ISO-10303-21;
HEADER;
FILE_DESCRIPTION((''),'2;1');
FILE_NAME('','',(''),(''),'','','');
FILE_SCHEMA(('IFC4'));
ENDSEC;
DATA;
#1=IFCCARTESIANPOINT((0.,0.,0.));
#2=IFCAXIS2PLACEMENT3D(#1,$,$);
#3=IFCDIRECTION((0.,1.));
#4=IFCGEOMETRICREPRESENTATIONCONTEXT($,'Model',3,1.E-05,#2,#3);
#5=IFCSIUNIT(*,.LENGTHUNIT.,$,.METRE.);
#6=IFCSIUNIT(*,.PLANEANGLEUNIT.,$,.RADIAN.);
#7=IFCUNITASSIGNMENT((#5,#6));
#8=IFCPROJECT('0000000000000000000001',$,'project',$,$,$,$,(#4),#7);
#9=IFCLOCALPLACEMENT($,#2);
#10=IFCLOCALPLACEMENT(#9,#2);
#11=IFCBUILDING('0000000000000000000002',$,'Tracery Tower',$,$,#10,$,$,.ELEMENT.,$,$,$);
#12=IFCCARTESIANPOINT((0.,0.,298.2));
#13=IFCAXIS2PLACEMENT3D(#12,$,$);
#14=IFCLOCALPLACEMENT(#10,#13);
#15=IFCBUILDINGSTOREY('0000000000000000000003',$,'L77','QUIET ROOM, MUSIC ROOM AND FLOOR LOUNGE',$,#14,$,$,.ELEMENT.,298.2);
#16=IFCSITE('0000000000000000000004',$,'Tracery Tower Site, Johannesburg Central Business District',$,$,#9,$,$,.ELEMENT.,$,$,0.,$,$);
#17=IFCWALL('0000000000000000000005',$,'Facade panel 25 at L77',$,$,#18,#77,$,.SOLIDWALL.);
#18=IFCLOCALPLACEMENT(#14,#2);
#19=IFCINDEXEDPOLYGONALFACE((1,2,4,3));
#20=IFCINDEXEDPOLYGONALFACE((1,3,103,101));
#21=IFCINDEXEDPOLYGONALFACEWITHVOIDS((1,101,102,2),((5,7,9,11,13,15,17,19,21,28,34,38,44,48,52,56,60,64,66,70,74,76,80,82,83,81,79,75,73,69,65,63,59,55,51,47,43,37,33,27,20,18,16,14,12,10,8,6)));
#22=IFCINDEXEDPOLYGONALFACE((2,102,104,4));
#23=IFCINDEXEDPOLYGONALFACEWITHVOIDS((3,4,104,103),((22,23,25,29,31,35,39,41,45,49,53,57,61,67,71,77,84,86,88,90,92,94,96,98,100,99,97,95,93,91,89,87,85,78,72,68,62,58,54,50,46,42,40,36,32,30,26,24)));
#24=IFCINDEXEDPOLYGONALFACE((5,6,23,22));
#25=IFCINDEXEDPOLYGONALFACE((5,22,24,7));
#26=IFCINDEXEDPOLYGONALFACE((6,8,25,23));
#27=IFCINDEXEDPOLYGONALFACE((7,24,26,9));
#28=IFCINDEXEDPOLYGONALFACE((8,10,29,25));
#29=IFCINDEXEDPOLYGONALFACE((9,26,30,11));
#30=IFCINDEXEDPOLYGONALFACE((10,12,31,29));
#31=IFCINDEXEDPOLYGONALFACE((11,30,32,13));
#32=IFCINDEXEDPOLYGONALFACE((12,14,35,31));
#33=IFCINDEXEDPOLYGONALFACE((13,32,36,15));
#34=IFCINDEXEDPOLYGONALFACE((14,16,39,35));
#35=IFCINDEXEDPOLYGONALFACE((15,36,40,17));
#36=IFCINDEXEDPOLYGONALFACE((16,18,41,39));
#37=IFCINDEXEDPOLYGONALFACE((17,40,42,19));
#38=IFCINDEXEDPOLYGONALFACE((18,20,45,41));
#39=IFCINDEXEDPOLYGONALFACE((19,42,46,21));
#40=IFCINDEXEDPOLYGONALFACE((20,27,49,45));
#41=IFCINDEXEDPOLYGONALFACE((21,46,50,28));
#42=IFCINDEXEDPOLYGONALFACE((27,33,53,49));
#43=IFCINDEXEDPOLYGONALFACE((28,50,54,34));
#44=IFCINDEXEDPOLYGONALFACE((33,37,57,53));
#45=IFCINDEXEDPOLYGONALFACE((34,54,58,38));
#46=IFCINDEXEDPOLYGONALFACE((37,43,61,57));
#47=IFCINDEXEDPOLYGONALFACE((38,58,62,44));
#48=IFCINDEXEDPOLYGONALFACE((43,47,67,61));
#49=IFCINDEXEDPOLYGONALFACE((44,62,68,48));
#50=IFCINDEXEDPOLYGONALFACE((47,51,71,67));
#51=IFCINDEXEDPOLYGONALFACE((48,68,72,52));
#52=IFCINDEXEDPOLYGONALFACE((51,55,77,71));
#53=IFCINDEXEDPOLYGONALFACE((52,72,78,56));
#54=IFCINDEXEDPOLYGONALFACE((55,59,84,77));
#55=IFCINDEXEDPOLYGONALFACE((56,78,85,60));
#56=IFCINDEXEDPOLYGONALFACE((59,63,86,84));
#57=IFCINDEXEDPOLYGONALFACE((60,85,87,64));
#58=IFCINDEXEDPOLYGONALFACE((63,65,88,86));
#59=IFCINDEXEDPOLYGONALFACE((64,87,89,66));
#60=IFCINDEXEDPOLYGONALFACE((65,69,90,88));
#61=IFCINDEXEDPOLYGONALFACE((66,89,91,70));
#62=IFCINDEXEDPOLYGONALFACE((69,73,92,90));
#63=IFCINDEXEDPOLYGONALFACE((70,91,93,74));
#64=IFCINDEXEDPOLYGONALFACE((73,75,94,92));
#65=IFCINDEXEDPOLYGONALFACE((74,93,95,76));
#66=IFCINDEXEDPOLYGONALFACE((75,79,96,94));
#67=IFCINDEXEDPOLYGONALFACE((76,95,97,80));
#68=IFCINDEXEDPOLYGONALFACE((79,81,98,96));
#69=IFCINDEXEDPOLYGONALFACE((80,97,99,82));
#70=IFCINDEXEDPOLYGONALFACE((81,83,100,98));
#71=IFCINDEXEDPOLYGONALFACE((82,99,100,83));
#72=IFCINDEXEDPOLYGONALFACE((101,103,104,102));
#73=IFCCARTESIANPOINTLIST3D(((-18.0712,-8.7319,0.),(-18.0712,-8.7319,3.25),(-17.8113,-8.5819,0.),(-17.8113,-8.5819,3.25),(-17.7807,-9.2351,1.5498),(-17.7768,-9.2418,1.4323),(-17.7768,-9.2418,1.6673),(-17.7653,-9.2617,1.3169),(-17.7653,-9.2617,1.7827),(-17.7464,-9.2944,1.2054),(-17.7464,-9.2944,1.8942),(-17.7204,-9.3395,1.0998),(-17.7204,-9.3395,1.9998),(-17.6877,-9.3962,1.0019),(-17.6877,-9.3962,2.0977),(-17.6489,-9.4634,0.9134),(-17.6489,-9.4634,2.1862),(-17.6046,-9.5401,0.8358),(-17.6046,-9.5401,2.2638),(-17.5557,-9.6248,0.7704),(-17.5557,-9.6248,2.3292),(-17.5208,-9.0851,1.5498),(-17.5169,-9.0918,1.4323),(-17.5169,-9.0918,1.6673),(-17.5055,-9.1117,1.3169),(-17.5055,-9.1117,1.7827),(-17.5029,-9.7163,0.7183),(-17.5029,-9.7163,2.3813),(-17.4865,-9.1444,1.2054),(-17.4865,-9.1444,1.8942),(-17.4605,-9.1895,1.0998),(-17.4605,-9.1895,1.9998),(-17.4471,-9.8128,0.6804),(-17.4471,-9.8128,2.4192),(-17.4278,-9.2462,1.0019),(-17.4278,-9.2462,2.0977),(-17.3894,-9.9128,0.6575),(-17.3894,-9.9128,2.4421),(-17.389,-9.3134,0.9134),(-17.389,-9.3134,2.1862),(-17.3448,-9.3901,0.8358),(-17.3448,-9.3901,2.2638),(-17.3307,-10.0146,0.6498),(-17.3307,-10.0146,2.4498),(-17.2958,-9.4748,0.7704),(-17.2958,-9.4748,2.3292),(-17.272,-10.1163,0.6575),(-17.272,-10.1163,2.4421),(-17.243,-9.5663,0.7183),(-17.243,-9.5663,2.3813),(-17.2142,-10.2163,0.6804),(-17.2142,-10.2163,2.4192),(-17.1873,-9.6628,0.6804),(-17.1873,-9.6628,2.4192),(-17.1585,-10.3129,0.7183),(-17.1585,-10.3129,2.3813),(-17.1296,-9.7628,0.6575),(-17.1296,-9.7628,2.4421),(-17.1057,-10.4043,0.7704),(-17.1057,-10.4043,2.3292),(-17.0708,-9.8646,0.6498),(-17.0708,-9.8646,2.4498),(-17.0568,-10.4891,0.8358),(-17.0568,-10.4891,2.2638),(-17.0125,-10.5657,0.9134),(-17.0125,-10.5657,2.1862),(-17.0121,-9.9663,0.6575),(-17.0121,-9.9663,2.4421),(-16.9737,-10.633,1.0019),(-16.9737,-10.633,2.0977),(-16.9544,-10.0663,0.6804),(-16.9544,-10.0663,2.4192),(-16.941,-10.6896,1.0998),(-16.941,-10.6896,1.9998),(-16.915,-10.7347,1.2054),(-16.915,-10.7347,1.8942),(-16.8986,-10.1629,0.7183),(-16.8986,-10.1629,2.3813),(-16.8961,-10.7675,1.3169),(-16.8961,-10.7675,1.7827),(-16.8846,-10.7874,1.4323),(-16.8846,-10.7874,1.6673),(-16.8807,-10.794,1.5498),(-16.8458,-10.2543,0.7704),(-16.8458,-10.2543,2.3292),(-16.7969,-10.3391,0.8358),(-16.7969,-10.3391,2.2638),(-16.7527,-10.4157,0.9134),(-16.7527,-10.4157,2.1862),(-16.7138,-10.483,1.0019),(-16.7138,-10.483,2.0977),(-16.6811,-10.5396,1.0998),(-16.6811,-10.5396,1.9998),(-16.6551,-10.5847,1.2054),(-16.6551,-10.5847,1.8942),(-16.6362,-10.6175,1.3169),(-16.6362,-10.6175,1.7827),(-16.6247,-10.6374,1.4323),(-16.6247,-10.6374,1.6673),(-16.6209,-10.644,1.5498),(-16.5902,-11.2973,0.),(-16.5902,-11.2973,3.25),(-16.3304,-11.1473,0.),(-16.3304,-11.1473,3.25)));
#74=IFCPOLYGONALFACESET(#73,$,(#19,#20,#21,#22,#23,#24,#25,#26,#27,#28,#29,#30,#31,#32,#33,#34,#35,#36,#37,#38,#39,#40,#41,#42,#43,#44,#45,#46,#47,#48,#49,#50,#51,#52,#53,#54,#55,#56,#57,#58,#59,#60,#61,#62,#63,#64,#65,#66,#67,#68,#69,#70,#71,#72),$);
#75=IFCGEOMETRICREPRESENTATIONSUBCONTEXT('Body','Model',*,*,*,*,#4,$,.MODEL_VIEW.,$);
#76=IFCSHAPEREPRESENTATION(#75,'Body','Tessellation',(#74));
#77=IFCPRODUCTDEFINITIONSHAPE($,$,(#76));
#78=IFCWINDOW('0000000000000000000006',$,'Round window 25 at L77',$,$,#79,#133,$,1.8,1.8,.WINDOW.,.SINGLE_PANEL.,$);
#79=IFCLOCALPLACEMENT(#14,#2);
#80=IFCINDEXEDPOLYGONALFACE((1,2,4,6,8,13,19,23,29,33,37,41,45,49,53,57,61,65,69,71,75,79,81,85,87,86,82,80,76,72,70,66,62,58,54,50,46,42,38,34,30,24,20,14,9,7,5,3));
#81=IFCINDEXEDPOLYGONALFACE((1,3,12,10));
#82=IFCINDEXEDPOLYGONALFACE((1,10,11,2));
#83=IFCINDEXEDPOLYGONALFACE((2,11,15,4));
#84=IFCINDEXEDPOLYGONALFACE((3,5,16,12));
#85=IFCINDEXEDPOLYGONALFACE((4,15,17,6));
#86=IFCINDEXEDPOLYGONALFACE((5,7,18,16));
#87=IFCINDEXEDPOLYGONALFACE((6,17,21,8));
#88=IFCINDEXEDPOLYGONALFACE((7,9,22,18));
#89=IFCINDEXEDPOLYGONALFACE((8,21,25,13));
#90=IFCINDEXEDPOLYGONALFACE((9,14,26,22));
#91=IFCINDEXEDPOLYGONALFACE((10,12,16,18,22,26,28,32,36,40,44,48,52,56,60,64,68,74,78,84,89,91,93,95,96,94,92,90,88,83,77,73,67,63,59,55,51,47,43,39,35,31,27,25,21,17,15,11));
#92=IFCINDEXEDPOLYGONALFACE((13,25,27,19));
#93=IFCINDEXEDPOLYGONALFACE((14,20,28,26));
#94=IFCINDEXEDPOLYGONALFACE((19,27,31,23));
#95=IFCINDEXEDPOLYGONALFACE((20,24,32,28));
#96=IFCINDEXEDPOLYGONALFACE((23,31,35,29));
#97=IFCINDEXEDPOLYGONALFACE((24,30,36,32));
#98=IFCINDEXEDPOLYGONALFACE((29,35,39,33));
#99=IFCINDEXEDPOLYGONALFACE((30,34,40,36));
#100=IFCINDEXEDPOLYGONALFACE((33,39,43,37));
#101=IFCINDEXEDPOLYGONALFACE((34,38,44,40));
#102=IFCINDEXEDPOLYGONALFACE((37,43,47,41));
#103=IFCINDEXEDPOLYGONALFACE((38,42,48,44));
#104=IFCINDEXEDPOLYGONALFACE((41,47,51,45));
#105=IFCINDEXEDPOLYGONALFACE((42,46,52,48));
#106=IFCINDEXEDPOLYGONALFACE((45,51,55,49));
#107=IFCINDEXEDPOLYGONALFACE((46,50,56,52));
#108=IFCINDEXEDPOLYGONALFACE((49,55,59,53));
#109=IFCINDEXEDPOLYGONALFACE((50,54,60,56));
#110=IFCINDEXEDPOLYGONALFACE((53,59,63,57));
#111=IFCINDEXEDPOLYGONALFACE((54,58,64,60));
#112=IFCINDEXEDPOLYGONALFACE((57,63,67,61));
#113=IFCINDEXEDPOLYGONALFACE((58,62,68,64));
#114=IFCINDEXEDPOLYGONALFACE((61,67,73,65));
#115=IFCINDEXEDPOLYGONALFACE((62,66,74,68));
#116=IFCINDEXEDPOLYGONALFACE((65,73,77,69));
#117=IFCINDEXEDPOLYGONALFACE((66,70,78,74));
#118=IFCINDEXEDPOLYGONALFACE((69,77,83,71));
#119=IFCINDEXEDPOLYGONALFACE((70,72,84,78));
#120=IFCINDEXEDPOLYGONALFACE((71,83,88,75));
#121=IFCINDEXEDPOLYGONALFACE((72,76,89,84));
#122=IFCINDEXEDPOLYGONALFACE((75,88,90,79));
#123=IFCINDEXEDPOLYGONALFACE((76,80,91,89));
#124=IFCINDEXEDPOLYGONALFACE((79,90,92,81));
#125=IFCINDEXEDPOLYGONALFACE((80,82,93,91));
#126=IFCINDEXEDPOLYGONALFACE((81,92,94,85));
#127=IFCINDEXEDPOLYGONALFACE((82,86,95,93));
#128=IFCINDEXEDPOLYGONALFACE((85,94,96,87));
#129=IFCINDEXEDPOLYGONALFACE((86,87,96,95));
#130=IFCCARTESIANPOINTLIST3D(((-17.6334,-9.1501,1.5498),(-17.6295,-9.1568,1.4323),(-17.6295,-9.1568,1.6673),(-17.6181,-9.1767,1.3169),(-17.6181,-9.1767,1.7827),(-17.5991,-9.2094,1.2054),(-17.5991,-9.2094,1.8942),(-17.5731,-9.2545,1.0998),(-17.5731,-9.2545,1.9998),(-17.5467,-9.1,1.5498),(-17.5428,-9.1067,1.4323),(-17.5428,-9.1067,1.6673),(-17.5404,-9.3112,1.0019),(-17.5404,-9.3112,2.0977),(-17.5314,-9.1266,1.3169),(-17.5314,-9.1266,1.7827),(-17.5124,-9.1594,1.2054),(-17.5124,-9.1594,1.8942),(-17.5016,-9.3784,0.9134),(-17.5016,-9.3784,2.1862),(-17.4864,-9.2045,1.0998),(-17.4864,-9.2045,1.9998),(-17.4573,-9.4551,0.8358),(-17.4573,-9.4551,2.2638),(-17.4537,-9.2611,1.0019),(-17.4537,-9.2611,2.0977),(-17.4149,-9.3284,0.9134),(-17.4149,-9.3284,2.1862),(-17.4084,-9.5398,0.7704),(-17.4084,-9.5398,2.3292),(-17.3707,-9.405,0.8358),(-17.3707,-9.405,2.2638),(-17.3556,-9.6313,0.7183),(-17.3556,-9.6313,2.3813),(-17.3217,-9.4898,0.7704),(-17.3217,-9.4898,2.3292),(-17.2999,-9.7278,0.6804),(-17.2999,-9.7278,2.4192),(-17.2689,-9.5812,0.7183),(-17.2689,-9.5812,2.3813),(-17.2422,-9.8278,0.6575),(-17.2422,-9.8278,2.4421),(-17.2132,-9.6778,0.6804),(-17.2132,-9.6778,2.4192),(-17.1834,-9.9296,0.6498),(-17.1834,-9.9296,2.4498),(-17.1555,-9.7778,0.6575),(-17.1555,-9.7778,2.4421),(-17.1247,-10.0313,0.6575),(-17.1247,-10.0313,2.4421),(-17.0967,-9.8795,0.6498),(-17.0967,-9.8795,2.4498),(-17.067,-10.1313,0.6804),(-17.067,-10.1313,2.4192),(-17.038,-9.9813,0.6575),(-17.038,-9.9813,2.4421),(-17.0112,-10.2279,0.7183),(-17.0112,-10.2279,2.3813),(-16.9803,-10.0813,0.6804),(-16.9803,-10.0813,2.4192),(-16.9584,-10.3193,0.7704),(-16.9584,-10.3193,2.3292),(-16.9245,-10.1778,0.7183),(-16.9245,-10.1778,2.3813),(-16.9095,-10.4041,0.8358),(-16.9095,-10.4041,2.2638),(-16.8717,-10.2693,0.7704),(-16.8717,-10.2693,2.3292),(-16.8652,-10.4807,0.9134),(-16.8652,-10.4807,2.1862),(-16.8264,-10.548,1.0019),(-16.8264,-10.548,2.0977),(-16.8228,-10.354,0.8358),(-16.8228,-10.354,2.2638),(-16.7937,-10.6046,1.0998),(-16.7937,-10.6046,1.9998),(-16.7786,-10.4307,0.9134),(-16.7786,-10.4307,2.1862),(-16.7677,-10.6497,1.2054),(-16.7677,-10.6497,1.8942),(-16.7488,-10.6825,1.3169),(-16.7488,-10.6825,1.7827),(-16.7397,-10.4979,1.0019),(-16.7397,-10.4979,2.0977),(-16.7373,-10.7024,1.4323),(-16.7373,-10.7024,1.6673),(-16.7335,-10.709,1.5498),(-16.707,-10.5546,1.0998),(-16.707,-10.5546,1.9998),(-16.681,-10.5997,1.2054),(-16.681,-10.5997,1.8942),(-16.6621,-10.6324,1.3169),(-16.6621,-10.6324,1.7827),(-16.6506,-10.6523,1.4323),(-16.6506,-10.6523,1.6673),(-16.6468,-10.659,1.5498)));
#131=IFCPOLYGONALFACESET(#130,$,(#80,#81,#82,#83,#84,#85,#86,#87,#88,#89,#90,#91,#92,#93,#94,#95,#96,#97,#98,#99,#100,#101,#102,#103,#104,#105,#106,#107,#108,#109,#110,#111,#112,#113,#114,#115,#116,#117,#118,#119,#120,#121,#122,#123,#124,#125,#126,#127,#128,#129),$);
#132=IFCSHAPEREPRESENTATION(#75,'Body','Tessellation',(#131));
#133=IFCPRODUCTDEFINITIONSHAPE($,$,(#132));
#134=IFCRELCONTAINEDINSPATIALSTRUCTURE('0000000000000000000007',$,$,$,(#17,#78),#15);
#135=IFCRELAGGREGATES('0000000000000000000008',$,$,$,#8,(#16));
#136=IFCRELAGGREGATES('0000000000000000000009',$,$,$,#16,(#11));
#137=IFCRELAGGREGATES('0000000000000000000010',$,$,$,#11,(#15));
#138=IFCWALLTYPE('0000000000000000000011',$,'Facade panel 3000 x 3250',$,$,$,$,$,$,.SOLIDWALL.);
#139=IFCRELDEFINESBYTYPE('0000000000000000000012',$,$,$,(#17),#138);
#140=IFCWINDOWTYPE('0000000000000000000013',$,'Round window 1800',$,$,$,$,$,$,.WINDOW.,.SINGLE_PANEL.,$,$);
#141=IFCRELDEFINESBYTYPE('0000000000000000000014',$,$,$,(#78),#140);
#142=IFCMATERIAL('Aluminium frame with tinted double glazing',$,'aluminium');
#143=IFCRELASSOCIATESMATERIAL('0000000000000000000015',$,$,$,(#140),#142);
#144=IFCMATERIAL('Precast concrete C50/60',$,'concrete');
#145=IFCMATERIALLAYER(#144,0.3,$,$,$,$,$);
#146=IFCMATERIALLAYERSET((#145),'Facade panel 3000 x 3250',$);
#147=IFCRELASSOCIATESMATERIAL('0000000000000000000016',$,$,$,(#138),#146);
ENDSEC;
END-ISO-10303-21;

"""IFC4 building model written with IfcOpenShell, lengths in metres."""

from ifc_helpers import new_model, si_unit, direction, frame, frame_2d, origin, origin_2d, place, context, subcontext, project, spatial, rectangle, circle, extrude, material, layer, layer_set, type_object, element, fill, save


model = new_model("IFC4")

# Units and contexts
model_context = context("Model", 3, precision=1e-05, world=origin(), true_north=direction((0.0, 1.0)))
body_context = subcontext(model_context, "Body", "Model", "MODEL_VIEW")
ifc_project = project(units=[si_unit("LENGTHUNIT", "METRE"), si_unit("PLANEANGLEUNIT", "RADIAN")], contexts=[model_context])

# Site, building, storey
site_placement = place(None, origin())
site = spatial("IfcSite", under=ifc_project, at=site_placement, Name="Tracery Tower Site, Johannesburg Central Business District", CompositionType="ELEMENT", RefElevation=0.0)
building_placement = place(site_placement, origin())
building = spatial("IfcBuilding", under=site, at=building_placement, Name="Tracery Tower", CompositionType="ELEMENT")
storey_placement = place(building_placement, frame((0.0, 0.0, 298.2)))
storey = spatial("IfcBuildingStorey", under=building, at=storey_placement, Name="L77", Description="QUIET ROOM, MUSIC ROOM AND FLOOR LOUNGE", CompositionType="ELEMENT", Elevation=298.2)

# Wall, opening, window
ifc_material_1 = material(Name="Aluminium frame with tinted double glazing", Category="aluminium")
window_type = type_object("IfcWindowType", Name="Round window 1800", PartitioningType="SINGLE_PANEL", PredefinedType="WINDOW", material=ifc_material_1)
ifc_material_2 = material(Name="Precast concrete C50/60", Category="concrete")
ifc_layer_1 = layer(ifc_material_2, 0.3)
ifc_layer_set_1 = layer_set([ifc_layer_1], Name="Facade panel 3000 x 3250")
wall_type_1 = type_object("IfcWallType", Name="Facade panel 3000 x 3250", PredefinedType="SOLIDWALL", material=ifc_layer_set_1)
wall_1_placement = place(storey_placement, frame((-17.9412, -8.657, 0.0), z_axis=(0.0, 0.0, 1.0), x_axis=(0.499951, -0.866054, 0.0)))
wall_1 = element("IfcWall", 1, at=wall_1_placement, inside=storey, type_object=wall_type_1, Name="Facade panel 25 at L77", PredefinedType="SOLIDWALL", context=body_context, shape_type="SweptSolid", body=[
    extrude(rectangle(XDim=2.9622, YDim=0.3, at=frame_2d((1.481, 0.0))), origin(), (0.0, 0.0, 1.0), 3.25),
])
opening_1_placement = place(wall_1_placement, frame((1.481, 0.0, 1.5498)))
opening_1 = element("IfcOpeningElement", 2, at=opening_1_placement, cuts=wall_1, PredefinedType="OPENING", context=body_context, shape_type="SweptSolid", body=[
    extrude(circle(Radius=0.9, at=origin_2d()), frame((0.0, 0.1599, 0.0), z_axis=(0.0, -1.0, 0.0), x_axis=(1.0, 0.0, 0.0)), (0.0, 0.0, 1.0), 0.3201),
])
window_1_placement = place(opening_1_placement, origin())
window_1 = element("IfcWindow", 3, at=window_1_placement, inside=storey, type_object=window_type, Name="Round window 25 at L77", OverallHeight=1.8, OverallWidth=1.8, PartitioningType="SINGLE_PANEL", PredefinedType="WINDOW", context=body_context, shape_type="SweptSolid", body=[
    extrude(circle(Radius=0.9, at=origin_2d()), frame((0.0, 0.1201, 0.0), z_axis=(0.0, -1.0, 0.0), x_axis=(1.0, 0.0, 0.0)), (0.0, 0.0, 1.0), 0.1001),
])
fill(opening_1, window_1)

save(model, "model.ifc")
